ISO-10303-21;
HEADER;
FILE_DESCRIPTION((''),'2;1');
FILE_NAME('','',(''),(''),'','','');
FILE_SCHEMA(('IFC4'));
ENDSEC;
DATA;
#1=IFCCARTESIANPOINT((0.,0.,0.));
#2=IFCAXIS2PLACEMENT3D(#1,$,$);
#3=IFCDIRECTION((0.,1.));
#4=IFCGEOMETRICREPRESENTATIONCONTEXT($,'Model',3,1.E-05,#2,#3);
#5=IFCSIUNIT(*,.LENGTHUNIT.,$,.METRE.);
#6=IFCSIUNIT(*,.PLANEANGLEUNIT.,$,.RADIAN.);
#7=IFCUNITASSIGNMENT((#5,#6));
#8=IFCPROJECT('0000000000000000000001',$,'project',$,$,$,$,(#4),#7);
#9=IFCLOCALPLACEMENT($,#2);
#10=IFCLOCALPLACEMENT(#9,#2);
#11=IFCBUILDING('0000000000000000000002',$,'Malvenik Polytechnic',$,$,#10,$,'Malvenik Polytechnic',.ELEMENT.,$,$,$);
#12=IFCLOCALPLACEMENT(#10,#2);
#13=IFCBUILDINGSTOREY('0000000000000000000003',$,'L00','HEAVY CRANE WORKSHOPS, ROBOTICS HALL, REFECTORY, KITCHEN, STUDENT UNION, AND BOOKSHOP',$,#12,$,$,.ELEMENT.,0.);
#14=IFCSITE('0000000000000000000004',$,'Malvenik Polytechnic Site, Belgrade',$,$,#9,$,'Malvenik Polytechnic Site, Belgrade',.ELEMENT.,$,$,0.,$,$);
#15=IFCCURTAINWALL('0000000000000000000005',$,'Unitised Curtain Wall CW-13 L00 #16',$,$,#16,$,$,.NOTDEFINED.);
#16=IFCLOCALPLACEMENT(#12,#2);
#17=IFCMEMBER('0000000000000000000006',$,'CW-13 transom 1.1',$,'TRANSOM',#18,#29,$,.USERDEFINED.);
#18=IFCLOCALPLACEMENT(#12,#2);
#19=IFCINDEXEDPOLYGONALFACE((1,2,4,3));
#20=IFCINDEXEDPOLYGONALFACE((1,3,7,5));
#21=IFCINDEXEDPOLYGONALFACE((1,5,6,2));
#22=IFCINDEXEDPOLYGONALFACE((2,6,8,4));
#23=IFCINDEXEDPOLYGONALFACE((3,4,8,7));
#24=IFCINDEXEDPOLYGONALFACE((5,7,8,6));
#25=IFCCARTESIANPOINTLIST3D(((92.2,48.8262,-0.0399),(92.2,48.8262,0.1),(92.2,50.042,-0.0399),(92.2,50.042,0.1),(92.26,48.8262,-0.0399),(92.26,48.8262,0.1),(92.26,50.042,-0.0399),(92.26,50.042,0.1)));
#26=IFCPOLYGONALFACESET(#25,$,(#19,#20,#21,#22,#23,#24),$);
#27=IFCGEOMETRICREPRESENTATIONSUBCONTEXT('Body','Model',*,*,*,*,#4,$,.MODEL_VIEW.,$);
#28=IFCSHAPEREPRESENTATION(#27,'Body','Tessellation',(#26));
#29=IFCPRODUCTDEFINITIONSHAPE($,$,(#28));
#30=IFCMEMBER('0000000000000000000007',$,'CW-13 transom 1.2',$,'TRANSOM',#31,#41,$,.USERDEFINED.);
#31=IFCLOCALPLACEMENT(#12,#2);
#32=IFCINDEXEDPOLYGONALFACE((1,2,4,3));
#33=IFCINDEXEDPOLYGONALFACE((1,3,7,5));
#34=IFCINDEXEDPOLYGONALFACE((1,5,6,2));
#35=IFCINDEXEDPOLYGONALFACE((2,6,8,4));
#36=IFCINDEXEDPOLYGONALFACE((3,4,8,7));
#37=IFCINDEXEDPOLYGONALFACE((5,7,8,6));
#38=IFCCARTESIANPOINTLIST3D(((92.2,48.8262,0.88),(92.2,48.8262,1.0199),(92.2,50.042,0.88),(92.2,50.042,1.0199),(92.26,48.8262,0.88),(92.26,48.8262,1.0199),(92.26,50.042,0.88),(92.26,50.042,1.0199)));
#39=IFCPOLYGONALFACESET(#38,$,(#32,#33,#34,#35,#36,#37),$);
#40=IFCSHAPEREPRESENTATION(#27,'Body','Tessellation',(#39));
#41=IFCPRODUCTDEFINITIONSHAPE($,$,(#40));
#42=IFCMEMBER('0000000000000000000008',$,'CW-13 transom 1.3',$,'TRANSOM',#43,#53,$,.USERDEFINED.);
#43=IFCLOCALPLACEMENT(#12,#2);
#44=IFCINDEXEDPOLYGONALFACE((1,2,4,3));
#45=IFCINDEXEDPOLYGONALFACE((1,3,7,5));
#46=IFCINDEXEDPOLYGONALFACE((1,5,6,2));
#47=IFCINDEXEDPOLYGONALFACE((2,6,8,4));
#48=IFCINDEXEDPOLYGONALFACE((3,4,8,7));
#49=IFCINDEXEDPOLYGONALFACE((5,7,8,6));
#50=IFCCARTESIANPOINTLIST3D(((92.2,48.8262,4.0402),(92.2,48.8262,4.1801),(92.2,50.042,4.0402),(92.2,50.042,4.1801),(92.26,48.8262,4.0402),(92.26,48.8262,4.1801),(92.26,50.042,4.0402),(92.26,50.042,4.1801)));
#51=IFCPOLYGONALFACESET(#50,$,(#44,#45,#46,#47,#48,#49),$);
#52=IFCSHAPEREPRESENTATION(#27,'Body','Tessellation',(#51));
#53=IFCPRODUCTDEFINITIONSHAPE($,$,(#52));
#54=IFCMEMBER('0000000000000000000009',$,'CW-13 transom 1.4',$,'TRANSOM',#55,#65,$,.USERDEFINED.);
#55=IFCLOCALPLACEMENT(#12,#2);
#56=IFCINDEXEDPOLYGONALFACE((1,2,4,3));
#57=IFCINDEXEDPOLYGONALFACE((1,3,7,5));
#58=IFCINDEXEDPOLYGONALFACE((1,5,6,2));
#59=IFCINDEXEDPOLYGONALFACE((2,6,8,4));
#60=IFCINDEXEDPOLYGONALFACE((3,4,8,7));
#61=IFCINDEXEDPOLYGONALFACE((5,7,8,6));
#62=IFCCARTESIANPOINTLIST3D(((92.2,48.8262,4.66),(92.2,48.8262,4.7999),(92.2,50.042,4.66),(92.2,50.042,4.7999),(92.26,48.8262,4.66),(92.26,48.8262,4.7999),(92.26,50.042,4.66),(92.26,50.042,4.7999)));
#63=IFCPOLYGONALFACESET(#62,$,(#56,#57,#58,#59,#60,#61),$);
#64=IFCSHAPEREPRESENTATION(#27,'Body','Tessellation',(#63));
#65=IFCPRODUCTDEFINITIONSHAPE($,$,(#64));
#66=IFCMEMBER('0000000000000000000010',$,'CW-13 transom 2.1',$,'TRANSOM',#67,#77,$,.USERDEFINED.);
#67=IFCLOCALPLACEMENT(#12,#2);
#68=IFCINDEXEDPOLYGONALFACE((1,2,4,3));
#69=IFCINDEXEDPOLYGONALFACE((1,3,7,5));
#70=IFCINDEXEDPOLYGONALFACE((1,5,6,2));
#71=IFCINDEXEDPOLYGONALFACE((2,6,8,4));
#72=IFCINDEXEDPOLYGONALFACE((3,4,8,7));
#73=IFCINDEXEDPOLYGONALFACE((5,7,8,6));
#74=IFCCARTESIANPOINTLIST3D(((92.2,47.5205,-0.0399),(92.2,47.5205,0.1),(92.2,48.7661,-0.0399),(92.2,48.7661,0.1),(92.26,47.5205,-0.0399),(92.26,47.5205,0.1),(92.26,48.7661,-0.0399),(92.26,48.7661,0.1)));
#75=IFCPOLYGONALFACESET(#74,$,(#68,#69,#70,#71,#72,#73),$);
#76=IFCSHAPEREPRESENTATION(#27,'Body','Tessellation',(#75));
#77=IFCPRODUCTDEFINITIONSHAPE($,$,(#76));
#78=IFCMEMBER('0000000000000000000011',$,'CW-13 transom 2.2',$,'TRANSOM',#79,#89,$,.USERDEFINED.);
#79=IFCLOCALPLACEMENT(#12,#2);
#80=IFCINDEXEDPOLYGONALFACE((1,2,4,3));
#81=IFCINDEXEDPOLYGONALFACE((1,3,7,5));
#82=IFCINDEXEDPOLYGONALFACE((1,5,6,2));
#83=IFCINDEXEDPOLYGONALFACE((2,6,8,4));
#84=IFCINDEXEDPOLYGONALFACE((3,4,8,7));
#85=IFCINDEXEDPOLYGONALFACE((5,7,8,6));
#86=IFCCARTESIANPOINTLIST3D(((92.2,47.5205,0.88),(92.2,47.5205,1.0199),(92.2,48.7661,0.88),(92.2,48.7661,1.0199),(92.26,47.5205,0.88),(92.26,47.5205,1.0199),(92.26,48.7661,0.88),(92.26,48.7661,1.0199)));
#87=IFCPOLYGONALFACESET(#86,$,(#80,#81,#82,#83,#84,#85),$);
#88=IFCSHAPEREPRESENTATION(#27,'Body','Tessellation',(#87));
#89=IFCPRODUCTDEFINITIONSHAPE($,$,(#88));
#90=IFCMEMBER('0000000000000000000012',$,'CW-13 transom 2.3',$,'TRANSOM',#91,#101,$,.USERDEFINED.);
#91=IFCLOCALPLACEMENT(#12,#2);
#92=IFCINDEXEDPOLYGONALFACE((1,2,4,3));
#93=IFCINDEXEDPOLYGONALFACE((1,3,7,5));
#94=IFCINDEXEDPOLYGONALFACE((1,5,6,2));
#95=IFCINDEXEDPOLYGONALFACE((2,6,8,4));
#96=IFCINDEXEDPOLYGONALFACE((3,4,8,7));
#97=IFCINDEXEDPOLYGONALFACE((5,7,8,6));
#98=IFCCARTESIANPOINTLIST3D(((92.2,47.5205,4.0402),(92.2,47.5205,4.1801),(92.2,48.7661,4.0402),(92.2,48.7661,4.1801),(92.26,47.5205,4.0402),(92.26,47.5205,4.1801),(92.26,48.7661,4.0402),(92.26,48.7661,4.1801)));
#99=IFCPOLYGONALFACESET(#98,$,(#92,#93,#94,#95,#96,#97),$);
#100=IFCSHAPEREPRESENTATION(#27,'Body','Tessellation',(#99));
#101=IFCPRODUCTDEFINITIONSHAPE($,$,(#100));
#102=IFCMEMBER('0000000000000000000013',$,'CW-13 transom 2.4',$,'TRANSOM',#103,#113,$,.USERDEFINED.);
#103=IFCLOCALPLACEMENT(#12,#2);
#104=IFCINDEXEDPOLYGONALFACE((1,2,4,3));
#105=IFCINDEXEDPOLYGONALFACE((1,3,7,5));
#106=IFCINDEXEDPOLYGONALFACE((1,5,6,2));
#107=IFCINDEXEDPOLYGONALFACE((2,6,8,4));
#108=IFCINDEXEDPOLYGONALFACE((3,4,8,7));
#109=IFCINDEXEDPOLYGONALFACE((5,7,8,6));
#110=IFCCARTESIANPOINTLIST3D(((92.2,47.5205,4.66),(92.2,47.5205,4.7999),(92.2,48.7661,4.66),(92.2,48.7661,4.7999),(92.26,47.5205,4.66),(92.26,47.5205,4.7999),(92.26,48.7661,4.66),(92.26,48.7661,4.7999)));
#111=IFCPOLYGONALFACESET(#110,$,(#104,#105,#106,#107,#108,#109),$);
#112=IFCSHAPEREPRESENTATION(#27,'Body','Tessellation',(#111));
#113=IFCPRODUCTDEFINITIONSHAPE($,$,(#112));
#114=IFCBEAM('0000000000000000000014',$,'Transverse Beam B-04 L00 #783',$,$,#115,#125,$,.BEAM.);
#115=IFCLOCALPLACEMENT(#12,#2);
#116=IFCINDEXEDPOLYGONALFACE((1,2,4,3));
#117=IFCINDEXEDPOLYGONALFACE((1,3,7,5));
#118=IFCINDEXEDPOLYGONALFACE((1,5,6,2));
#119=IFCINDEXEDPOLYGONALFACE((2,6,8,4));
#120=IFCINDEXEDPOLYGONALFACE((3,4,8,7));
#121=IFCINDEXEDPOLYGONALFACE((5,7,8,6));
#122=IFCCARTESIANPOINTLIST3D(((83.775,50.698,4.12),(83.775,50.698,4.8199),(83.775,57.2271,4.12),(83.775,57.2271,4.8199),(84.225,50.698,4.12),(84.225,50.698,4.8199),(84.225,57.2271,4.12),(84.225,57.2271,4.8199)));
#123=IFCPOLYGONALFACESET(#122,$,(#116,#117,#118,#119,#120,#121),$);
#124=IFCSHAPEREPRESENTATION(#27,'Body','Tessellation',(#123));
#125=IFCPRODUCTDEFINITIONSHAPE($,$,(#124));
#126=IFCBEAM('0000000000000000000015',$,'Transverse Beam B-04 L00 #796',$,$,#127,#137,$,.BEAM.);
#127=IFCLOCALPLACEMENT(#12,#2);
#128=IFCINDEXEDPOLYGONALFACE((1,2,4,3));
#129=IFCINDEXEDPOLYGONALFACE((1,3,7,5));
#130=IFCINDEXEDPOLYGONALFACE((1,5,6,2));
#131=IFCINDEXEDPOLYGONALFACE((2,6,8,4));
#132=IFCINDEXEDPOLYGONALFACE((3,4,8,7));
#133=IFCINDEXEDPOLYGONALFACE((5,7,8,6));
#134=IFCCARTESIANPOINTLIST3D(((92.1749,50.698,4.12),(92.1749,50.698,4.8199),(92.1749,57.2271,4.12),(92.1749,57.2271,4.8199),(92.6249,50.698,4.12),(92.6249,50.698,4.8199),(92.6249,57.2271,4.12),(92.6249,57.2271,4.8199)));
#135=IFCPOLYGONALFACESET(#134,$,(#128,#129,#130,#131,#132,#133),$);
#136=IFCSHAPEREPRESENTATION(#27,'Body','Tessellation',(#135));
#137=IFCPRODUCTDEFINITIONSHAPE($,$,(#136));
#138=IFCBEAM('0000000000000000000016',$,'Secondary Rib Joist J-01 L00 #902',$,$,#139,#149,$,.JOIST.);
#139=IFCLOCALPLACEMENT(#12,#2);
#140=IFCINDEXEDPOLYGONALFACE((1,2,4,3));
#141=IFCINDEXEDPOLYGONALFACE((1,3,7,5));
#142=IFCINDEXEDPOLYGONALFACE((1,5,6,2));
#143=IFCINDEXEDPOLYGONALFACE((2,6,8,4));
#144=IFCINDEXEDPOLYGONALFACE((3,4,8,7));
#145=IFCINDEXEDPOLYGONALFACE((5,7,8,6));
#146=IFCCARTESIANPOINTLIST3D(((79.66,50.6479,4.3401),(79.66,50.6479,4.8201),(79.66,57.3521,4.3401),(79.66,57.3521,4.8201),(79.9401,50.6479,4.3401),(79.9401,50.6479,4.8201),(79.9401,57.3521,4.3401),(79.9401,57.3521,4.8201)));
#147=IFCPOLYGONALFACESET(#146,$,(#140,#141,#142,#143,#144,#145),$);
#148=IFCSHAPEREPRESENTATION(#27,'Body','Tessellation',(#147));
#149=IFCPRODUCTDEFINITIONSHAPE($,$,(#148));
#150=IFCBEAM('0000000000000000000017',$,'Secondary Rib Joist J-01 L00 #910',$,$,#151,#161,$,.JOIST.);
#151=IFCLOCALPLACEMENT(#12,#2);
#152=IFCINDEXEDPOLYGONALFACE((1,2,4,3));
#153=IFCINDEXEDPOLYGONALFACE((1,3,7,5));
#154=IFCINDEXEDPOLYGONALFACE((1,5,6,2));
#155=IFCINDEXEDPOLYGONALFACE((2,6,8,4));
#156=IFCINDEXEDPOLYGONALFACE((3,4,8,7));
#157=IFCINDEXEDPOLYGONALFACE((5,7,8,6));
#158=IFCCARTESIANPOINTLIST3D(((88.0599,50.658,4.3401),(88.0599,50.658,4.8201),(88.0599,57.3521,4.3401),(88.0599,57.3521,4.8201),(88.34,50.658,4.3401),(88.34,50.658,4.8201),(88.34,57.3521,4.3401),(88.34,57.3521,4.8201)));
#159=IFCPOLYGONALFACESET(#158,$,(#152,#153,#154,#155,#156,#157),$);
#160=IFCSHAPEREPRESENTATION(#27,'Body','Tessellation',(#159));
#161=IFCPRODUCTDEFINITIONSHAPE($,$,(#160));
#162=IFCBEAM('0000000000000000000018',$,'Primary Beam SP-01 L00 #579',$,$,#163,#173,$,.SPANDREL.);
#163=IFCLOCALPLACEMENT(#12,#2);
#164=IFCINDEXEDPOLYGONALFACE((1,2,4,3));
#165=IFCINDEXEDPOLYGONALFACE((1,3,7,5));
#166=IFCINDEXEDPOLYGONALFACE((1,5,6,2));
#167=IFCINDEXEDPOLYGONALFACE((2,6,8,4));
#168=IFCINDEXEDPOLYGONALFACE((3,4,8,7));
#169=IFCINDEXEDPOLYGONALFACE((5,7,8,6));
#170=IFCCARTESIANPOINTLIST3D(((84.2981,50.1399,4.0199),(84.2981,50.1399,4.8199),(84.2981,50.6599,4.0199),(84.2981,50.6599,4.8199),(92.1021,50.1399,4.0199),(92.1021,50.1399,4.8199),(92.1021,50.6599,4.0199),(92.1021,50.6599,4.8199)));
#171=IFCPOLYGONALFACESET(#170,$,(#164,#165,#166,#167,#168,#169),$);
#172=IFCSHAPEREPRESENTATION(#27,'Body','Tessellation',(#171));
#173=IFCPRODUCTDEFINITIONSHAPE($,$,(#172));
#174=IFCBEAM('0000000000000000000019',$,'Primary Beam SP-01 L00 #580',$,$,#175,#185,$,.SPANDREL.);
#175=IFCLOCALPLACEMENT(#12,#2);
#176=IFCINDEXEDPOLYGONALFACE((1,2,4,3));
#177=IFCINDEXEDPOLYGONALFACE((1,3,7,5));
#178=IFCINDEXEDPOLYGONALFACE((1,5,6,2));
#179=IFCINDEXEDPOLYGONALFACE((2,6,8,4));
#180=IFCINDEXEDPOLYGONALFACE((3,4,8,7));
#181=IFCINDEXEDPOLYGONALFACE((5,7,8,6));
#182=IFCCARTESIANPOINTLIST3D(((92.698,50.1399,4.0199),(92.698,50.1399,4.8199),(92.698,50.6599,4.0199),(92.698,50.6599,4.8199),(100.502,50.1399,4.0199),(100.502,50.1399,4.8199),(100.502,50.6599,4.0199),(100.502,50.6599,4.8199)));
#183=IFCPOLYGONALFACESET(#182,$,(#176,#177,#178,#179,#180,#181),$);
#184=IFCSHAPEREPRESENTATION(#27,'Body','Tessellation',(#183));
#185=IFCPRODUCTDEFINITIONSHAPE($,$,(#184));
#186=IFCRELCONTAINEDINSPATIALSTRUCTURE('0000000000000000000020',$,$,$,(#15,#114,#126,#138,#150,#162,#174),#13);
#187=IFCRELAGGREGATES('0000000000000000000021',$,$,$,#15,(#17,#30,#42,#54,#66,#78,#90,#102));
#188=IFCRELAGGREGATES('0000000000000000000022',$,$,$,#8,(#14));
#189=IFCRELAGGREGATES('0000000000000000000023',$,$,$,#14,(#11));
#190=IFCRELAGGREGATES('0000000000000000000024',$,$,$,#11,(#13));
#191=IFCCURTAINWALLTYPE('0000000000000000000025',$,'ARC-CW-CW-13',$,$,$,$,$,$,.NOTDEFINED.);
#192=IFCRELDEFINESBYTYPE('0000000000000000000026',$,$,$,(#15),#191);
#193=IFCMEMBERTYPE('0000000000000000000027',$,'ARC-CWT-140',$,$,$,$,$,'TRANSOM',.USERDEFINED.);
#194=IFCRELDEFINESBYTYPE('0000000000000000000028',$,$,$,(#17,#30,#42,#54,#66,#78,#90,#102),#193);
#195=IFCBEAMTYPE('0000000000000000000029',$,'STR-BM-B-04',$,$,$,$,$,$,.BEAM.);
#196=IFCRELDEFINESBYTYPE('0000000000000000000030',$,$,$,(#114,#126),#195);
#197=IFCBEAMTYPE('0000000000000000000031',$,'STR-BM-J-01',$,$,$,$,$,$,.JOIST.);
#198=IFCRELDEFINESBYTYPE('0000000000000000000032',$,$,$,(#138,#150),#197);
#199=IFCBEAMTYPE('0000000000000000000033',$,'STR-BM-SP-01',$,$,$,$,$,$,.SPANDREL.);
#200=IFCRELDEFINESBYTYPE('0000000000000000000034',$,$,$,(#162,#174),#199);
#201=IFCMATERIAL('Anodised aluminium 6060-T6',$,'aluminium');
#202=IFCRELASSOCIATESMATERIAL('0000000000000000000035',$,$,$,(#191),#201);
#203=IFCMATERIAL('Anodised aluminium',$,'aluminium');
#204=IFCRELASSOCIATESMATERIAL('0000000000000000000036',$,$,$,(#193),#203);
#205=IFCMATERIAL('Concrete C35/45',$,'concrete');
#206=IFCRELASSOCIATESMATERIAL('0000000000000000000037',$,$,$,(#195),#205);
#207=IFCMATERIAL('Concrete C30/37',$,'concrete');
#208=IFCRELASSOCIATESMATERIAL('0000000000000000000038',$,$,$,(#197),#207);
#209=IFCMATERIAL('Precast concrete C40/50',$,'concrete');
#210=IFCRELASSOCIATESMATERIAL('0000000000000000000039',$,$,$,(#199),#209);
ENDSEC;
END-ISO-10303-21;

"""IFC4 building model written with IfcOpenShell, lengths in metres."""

from ifc_helpers import new_model, si_unit, direction, frame, origin, origin_2d, place, context, subcontext, project, spatial, rectangle, extrude, material, material_profile, profile_set, type_object, element, aggregate, save


model = new_model("IFC4")

# Units and contexts
model_context = context("Model", 3, precision=1e-05, world=origin(), true_north=direction((0.0, 1.0)))
body_context = subcontext(model_context, "Body", "Model", "MODEL_VIEW")
ifc_project = project(units=[si_unit("LENGTHUNIT", "METRE"), si_unit("PLANEANGLEUNIT", "RADIAN")], contexts=[model_context])

# Site, building, storey
site_placement = place(None, origin())
site = spatial("IfcSite", under=ifc_project, at=site_placement, Name="Malvenik Polytechnic Site, Belgrade", LongName="Malvenik Polytechnic Site, Belgrade", CompositionType="ELEMENT", RefElevation=0.0)
building_placement = place(site_placement, origin())
building = spatial("IfcBuilding", under=site, at=building_placement, Name="Malvenik Polytechnic", LongName="Malvenik Polytechnic", CompositionType="ELEMENT")
storey_placement = place(building_placement, origin())
storey = spatial("IfcBuildingStorey", under=building, at=storey_placement, Name="L00", Description="HEAVY CRANE WORKSHOPS, ROBOTICS HALL, REFECTORY, KITCHEN, STUDENT UNION, AND BOOKSHOP", CompositionType="ELEMENT", Elevation=0.0)

# Shared definitions
ifc_material_1 = material(Name="Concrete C35/45", Category="concrete")

# Curtain wall
ifc_material_2 = material(Name="Anodised aluminium 6060-T6", Category="aluminium")
curtain_wall_type_1 = type_object("IfcCurtainWallType", Name="ARC-CW-CW-13", PredefinedType="NOTDEFINED", material=ifc_material_2)
curtain_wall_1_placement = place(storey_placement, origin())
curtain_wall_1 = element("IfcCurtainWall", 1, at=curtain_wall_1_placement, inside=storey, type_object=curtain_wall_type_1, Name="Unitised Curtain Wall CW-13 L00 #16", PredefinedType="NOTDEFINED")
ifc_material_3 = material(Name="Anodised aluminium", Category="aluminium")

# Members
ifc_material_profile_1 = material_profile(ifc_material_3, rectangle(XDim=0.0601, YDim=0.1399, at=origin_2d()), Name="ALU TRANSOM 60x140")
ifc_profile_set_1 = profile_set([ifc_material_profile_1], Name="Anodised aluminium")
member_type_1 = type_object("IfcMemberType", Name="ARC-CWT-140", ElementType="TRANSOM", PredefinedType="USERDEFINED", material=ifc_profile_set_1)
member_1_placement = place(storey_placement, frame((92.23, 50.042, 0.03), z_axis=(0.0, -1.0, 0.0), x_axis=(1.0, 0.0, 0.0)))
member_1 = element("IfcMember", 2, at=member_1_placement, type_object=member_type_1, Name="CW-13 transom 1.1", ObjectType="TRANSOM", PredefinedType="USERDEFINED", context=body_context, shape_type="SweptSolid", body=[
    extrude(rectangle(XDim=0.0601, YDim=0.1399, at=origin_2d()), origin(), (0.0, 0.0, 1.0), 1.2158),
])
member_2_placement = place(storey_placement, frame((92.23, 50.042, 0.95), z_axis=(0.0, -1.0, 0.0), x_axis=(1.0, 0.0, 0.0)))
member_2 = element("IfcMember", 3, at=member_2_placement, type_object=member_type_1, Name="CW-13 transom 1.2", ObjectType="TRANSOM", PredefinedType="USERDEFINED", context=body_context, shape_type="SweptSolid", body=[
    extrude(rectangle(XDim=0.0601, YDim=0.1399, at=origin_2d()), origin(), (0.0, 0.0, 1.0), 1.2158),
])
member_3_placement = place(storey_placement, frame((92.23, 50.042, 4.1101), z_axis=(0.0, -1.0, 0.0), x_axis=(1.0, 0.0, 0.0)))
member_3 = element("IfcMember", 4, at=member_3_placement, type_object=member_type_1, Name="CW-13 transom 1.3", ObjectType="TRANSOM", PredefinedType="USERDEFINED", context=body_context, shape_type="SweptSolid", body=[
    extrude(rectangle(XDim=0.0601, YDim=0.1399, at=origin_2d()), origin(), (0.0, 0.0, 1.0), 1.2158),
])
member_4_placement = place(storey_placement, frame((92.23, 50.042, 4.73), z_axis=(0.0, -1.0, 0.0), x_axis=(1.0, 0.0, 0.0)))
member_4 = element("IfcMember", 5, at=member_4_placement, type_object=member_type_1, Name="CW-13 transom 1.4", ObjectType="TRANSOM", PredefinedType="USERDEFINED", context=body_context, shape_type="SweptSolid", body=[
    extrude(rectangle(XDim=0.0601, YDim=0.1399, at=origin_2d()), origin(), (0.0, 0.0, 1.0), 1.2158),
])
member_5_placement = place(storey_placement, frame((92.23, 48.7661, 0.03), z_axis=(0.0, -1.0, 0.0), x_axis=(1.0, 0.0, 0.0)))
member_5 = element("IfcMember", 6, at=member_5_placement, type_object=member_type_1, Name="CW-13 transom 2.1", ObjectType="TRANSOM", PredefinedType="USERDEFINED", context=body_context, shape_type="SweptSolid", body=[
    extrude(rectangle(XDim=0.0601, YDim=0.1399, at=origin_2d()), origin(), (0.0, 0.0, 1.0), 1.2456),
])
member_6_placement = place(storey_placement, frame((92.23, 48.7661, 0.95), z_axis=(0.0, -1.0, 0.0), x_axis=(1.0, 0.0, 0.0)))
member_6 = element("IfcMember", 7, at=member_6_placement, type_object=member_type_1, Name="CW-13 transom 2.2", ObjectType="TRANSOM", PredefinedType="USERDEFINED", context=body_context, shape_type="SweptSolid", body=[
    extrude(rectangle(XDim=0.0601, YDim=0.1399, at=origin_2d()), origin(), (0.0, 0.0, 1.0), 1.2456),
])
member_7_placement = place(storey_placement, frame((92.23, 48.7661, 4.1101), z_axis=(0.0, -1.0, 0.0), x_axis=(1.0, 0.0, 0.0)))
member_7 = element("IfcMember", 8, at=member_7_placement, type_object=member_type_1, Name="CW-13 transom 2.3", ObjectType="TRANSOM", PredefinedType="USERDEFINED", context=body_context, shape_type="SweptSolid", body=[
    extrude(rectangle(XDim=0.0601, YDim=0.1399, at=origin_2d()), origin(), (0.0, 0.0, 1.0), 1.2456),
])
member_8_placement = place(storey_placement, frame((92.23, 48.7661, 4.73), z_axis=(0.0, -1.0, 0.0), x_axis=(1.0, 0.0, 0.0)))
member_8 = element("IfcMember", 9, at=member_8_placement, type_object=member_type_1, Name="CW-13 transom 2.4", ObjectType="TRANSOM", PredefinedType="USERDEFINED", context=body_context, shape_type="SweptSolid", body=[
    extrude(rectangle(XDim=0.0601, YDim=0.1399, at=origin_2d()), origin(), (0.0, 0.0, 1.0), 1.2456),
])

# Beams
ifc_material_profile_2 = material_profile(ifc_material_1, rectangle(XDim=0.45, YDim=0.7, at=origin_2d()), Name="RC BM 450x700")
ifc_profile_set_2 = profile_set([ifc_material_profile_2], Name="Concrete C35/45")
beam_type_1 = type_object("IfcBeamType", Name="STR-BM-B-04", PredefinedType="BEAM", material=ifc_profile_set_2)
for number, where, z_axis, x_axis, name in (
    (10, (84.0, 50.698, 4.47), (0.0, 1.0, 0.0), (-1.0, 0.0, 0.0), "Transverse Beam B-04 L00 #783"),
    (11, (92.3999, 50.698, 4.47), (0.0, 1.0, 0.0), (-1.0, 0.0, 0.0), "Transverse Beam B-04 L00 #796"),
):
    element("IfcBeam", number, at=place(storey_placement, frame(where, z_axis=z_axis, x_axis=x_axis)), inside=storey, type_object=beam_type_1, Name=name, PredefinedType="BEAM", context=body_context, shape_type="SweptSolid", body=[
        extrude(rectangle(XDim=0.45, YDim=0.7, at=origin_2d()), origin(), (0.0, 0.0, 1.0), 6.5291),
    ])
ifc_material_4 = material(Name="Concrete C30/37", Category="concrete")
ifc_material_profile_3 = material_profile(ifc_material_4, rectangle(XDim=0.28, YDim=0.48, at=origin_2d()), Name="RC JST 280x480")
ifc_profile_set_3 = profile_set([ifc_material_profile_3], Name="Concrete C30/37")
beam_type_2 = type_object("IfcBeamType", Name="STR-BM-J-01", PredefinedType="JOIST", material=ifc_profile_set_3)
beam_1_placement = place(storey_placement, frame((79.8, 50.6479, 4.5801), z_axis=(0.0, 1.0, 0.0), x_axis=(-1.0, 0.0, 0.0)))
element("IfcBeam", 12, at=beam_1_placement, inside=storey, type_object=beam_type_2, Name="Secondary Rib Joist J-01 L00 #902", PredefinedType="JOIST", context=body_context, shape_type="SweptSolid", body=[
    extrude(rectangle(XDim=0.28, YDim=0.48, at=origin_2d()), origin(), (0.0, 0.0, 1.0), 6.7041),
])
beam_2_placement = place(storey_placement, frame((88.2, 50.658, 4.5801), z_axis=(0.0, 1.0, 0.0), x_axis=(-1.0, 0.0, 0.0)))
element("IfcBeam", 13, at=beam_2_placement, inside=storey, type_object=beam_type_2, Name="Secondary Rib Joist J-01 L00 #910", PredefinedType="JOIST", context=body_context, shape_type="SweptSolid", body=[
    extrude(rectangle(XDim=0.28, YDim=0.48, at=origin_2d()), origin(), (0.0, 0.0, 1.0), 6.6941),
])
ifc_material_5 = material(Name="Precast concrete C40/50", Category="concrete")
ifc_material_profile_4 = material_profile(ifc_material_5, rectangle(XDim=0.52, YDim=0.8, at=origin_2d()), Name="PC SPN 520x800")
ifc_profile_set_4 = profile_set([ifc_material_profile_4], Name="Precast concrete C40/50")
beam_type_3 = type_object("IfcBeamType", Name="STR-BM-SP-01", PredefinedType="SPANDREL", material=ifc_profile_set_4)
for number, where, z_axis, x_axis, name in (
    (14, (84.2981, 50.3999, 4.4199), (1.0, 0.0, 0.0), (0.0, 1.0, 0.0), "Primary Beam SP-01 L00 #579"),
    (15, (92.698, 50.3999, 4.4199), (1.0, 0.0, 0.0), (0.0, 1.0, 0.0), "Primary Beam SP-01 L00 #580"),
):
    element("IfcBeam", number, at=place(storey_placement, frame(where, z_axis=z_axis, x_axis=x_axis)), inside=storey, type_object=beam_type_3, Name=name, PredefinedType="SPANDREL", context=body_context, shape_type="SweptSolid", body=[
        extrude(rectangle(XDim=0.52, YDim=0.8, at=origin_2d()), origin(), (0.0, 0.0, 1.0), 7.804),
    ])

aggregate(curtain_wall_1, [member_1, member_2, member_3, member_4, member_5, member_6, member_7, member_8])

save(model, "model.ifc")
